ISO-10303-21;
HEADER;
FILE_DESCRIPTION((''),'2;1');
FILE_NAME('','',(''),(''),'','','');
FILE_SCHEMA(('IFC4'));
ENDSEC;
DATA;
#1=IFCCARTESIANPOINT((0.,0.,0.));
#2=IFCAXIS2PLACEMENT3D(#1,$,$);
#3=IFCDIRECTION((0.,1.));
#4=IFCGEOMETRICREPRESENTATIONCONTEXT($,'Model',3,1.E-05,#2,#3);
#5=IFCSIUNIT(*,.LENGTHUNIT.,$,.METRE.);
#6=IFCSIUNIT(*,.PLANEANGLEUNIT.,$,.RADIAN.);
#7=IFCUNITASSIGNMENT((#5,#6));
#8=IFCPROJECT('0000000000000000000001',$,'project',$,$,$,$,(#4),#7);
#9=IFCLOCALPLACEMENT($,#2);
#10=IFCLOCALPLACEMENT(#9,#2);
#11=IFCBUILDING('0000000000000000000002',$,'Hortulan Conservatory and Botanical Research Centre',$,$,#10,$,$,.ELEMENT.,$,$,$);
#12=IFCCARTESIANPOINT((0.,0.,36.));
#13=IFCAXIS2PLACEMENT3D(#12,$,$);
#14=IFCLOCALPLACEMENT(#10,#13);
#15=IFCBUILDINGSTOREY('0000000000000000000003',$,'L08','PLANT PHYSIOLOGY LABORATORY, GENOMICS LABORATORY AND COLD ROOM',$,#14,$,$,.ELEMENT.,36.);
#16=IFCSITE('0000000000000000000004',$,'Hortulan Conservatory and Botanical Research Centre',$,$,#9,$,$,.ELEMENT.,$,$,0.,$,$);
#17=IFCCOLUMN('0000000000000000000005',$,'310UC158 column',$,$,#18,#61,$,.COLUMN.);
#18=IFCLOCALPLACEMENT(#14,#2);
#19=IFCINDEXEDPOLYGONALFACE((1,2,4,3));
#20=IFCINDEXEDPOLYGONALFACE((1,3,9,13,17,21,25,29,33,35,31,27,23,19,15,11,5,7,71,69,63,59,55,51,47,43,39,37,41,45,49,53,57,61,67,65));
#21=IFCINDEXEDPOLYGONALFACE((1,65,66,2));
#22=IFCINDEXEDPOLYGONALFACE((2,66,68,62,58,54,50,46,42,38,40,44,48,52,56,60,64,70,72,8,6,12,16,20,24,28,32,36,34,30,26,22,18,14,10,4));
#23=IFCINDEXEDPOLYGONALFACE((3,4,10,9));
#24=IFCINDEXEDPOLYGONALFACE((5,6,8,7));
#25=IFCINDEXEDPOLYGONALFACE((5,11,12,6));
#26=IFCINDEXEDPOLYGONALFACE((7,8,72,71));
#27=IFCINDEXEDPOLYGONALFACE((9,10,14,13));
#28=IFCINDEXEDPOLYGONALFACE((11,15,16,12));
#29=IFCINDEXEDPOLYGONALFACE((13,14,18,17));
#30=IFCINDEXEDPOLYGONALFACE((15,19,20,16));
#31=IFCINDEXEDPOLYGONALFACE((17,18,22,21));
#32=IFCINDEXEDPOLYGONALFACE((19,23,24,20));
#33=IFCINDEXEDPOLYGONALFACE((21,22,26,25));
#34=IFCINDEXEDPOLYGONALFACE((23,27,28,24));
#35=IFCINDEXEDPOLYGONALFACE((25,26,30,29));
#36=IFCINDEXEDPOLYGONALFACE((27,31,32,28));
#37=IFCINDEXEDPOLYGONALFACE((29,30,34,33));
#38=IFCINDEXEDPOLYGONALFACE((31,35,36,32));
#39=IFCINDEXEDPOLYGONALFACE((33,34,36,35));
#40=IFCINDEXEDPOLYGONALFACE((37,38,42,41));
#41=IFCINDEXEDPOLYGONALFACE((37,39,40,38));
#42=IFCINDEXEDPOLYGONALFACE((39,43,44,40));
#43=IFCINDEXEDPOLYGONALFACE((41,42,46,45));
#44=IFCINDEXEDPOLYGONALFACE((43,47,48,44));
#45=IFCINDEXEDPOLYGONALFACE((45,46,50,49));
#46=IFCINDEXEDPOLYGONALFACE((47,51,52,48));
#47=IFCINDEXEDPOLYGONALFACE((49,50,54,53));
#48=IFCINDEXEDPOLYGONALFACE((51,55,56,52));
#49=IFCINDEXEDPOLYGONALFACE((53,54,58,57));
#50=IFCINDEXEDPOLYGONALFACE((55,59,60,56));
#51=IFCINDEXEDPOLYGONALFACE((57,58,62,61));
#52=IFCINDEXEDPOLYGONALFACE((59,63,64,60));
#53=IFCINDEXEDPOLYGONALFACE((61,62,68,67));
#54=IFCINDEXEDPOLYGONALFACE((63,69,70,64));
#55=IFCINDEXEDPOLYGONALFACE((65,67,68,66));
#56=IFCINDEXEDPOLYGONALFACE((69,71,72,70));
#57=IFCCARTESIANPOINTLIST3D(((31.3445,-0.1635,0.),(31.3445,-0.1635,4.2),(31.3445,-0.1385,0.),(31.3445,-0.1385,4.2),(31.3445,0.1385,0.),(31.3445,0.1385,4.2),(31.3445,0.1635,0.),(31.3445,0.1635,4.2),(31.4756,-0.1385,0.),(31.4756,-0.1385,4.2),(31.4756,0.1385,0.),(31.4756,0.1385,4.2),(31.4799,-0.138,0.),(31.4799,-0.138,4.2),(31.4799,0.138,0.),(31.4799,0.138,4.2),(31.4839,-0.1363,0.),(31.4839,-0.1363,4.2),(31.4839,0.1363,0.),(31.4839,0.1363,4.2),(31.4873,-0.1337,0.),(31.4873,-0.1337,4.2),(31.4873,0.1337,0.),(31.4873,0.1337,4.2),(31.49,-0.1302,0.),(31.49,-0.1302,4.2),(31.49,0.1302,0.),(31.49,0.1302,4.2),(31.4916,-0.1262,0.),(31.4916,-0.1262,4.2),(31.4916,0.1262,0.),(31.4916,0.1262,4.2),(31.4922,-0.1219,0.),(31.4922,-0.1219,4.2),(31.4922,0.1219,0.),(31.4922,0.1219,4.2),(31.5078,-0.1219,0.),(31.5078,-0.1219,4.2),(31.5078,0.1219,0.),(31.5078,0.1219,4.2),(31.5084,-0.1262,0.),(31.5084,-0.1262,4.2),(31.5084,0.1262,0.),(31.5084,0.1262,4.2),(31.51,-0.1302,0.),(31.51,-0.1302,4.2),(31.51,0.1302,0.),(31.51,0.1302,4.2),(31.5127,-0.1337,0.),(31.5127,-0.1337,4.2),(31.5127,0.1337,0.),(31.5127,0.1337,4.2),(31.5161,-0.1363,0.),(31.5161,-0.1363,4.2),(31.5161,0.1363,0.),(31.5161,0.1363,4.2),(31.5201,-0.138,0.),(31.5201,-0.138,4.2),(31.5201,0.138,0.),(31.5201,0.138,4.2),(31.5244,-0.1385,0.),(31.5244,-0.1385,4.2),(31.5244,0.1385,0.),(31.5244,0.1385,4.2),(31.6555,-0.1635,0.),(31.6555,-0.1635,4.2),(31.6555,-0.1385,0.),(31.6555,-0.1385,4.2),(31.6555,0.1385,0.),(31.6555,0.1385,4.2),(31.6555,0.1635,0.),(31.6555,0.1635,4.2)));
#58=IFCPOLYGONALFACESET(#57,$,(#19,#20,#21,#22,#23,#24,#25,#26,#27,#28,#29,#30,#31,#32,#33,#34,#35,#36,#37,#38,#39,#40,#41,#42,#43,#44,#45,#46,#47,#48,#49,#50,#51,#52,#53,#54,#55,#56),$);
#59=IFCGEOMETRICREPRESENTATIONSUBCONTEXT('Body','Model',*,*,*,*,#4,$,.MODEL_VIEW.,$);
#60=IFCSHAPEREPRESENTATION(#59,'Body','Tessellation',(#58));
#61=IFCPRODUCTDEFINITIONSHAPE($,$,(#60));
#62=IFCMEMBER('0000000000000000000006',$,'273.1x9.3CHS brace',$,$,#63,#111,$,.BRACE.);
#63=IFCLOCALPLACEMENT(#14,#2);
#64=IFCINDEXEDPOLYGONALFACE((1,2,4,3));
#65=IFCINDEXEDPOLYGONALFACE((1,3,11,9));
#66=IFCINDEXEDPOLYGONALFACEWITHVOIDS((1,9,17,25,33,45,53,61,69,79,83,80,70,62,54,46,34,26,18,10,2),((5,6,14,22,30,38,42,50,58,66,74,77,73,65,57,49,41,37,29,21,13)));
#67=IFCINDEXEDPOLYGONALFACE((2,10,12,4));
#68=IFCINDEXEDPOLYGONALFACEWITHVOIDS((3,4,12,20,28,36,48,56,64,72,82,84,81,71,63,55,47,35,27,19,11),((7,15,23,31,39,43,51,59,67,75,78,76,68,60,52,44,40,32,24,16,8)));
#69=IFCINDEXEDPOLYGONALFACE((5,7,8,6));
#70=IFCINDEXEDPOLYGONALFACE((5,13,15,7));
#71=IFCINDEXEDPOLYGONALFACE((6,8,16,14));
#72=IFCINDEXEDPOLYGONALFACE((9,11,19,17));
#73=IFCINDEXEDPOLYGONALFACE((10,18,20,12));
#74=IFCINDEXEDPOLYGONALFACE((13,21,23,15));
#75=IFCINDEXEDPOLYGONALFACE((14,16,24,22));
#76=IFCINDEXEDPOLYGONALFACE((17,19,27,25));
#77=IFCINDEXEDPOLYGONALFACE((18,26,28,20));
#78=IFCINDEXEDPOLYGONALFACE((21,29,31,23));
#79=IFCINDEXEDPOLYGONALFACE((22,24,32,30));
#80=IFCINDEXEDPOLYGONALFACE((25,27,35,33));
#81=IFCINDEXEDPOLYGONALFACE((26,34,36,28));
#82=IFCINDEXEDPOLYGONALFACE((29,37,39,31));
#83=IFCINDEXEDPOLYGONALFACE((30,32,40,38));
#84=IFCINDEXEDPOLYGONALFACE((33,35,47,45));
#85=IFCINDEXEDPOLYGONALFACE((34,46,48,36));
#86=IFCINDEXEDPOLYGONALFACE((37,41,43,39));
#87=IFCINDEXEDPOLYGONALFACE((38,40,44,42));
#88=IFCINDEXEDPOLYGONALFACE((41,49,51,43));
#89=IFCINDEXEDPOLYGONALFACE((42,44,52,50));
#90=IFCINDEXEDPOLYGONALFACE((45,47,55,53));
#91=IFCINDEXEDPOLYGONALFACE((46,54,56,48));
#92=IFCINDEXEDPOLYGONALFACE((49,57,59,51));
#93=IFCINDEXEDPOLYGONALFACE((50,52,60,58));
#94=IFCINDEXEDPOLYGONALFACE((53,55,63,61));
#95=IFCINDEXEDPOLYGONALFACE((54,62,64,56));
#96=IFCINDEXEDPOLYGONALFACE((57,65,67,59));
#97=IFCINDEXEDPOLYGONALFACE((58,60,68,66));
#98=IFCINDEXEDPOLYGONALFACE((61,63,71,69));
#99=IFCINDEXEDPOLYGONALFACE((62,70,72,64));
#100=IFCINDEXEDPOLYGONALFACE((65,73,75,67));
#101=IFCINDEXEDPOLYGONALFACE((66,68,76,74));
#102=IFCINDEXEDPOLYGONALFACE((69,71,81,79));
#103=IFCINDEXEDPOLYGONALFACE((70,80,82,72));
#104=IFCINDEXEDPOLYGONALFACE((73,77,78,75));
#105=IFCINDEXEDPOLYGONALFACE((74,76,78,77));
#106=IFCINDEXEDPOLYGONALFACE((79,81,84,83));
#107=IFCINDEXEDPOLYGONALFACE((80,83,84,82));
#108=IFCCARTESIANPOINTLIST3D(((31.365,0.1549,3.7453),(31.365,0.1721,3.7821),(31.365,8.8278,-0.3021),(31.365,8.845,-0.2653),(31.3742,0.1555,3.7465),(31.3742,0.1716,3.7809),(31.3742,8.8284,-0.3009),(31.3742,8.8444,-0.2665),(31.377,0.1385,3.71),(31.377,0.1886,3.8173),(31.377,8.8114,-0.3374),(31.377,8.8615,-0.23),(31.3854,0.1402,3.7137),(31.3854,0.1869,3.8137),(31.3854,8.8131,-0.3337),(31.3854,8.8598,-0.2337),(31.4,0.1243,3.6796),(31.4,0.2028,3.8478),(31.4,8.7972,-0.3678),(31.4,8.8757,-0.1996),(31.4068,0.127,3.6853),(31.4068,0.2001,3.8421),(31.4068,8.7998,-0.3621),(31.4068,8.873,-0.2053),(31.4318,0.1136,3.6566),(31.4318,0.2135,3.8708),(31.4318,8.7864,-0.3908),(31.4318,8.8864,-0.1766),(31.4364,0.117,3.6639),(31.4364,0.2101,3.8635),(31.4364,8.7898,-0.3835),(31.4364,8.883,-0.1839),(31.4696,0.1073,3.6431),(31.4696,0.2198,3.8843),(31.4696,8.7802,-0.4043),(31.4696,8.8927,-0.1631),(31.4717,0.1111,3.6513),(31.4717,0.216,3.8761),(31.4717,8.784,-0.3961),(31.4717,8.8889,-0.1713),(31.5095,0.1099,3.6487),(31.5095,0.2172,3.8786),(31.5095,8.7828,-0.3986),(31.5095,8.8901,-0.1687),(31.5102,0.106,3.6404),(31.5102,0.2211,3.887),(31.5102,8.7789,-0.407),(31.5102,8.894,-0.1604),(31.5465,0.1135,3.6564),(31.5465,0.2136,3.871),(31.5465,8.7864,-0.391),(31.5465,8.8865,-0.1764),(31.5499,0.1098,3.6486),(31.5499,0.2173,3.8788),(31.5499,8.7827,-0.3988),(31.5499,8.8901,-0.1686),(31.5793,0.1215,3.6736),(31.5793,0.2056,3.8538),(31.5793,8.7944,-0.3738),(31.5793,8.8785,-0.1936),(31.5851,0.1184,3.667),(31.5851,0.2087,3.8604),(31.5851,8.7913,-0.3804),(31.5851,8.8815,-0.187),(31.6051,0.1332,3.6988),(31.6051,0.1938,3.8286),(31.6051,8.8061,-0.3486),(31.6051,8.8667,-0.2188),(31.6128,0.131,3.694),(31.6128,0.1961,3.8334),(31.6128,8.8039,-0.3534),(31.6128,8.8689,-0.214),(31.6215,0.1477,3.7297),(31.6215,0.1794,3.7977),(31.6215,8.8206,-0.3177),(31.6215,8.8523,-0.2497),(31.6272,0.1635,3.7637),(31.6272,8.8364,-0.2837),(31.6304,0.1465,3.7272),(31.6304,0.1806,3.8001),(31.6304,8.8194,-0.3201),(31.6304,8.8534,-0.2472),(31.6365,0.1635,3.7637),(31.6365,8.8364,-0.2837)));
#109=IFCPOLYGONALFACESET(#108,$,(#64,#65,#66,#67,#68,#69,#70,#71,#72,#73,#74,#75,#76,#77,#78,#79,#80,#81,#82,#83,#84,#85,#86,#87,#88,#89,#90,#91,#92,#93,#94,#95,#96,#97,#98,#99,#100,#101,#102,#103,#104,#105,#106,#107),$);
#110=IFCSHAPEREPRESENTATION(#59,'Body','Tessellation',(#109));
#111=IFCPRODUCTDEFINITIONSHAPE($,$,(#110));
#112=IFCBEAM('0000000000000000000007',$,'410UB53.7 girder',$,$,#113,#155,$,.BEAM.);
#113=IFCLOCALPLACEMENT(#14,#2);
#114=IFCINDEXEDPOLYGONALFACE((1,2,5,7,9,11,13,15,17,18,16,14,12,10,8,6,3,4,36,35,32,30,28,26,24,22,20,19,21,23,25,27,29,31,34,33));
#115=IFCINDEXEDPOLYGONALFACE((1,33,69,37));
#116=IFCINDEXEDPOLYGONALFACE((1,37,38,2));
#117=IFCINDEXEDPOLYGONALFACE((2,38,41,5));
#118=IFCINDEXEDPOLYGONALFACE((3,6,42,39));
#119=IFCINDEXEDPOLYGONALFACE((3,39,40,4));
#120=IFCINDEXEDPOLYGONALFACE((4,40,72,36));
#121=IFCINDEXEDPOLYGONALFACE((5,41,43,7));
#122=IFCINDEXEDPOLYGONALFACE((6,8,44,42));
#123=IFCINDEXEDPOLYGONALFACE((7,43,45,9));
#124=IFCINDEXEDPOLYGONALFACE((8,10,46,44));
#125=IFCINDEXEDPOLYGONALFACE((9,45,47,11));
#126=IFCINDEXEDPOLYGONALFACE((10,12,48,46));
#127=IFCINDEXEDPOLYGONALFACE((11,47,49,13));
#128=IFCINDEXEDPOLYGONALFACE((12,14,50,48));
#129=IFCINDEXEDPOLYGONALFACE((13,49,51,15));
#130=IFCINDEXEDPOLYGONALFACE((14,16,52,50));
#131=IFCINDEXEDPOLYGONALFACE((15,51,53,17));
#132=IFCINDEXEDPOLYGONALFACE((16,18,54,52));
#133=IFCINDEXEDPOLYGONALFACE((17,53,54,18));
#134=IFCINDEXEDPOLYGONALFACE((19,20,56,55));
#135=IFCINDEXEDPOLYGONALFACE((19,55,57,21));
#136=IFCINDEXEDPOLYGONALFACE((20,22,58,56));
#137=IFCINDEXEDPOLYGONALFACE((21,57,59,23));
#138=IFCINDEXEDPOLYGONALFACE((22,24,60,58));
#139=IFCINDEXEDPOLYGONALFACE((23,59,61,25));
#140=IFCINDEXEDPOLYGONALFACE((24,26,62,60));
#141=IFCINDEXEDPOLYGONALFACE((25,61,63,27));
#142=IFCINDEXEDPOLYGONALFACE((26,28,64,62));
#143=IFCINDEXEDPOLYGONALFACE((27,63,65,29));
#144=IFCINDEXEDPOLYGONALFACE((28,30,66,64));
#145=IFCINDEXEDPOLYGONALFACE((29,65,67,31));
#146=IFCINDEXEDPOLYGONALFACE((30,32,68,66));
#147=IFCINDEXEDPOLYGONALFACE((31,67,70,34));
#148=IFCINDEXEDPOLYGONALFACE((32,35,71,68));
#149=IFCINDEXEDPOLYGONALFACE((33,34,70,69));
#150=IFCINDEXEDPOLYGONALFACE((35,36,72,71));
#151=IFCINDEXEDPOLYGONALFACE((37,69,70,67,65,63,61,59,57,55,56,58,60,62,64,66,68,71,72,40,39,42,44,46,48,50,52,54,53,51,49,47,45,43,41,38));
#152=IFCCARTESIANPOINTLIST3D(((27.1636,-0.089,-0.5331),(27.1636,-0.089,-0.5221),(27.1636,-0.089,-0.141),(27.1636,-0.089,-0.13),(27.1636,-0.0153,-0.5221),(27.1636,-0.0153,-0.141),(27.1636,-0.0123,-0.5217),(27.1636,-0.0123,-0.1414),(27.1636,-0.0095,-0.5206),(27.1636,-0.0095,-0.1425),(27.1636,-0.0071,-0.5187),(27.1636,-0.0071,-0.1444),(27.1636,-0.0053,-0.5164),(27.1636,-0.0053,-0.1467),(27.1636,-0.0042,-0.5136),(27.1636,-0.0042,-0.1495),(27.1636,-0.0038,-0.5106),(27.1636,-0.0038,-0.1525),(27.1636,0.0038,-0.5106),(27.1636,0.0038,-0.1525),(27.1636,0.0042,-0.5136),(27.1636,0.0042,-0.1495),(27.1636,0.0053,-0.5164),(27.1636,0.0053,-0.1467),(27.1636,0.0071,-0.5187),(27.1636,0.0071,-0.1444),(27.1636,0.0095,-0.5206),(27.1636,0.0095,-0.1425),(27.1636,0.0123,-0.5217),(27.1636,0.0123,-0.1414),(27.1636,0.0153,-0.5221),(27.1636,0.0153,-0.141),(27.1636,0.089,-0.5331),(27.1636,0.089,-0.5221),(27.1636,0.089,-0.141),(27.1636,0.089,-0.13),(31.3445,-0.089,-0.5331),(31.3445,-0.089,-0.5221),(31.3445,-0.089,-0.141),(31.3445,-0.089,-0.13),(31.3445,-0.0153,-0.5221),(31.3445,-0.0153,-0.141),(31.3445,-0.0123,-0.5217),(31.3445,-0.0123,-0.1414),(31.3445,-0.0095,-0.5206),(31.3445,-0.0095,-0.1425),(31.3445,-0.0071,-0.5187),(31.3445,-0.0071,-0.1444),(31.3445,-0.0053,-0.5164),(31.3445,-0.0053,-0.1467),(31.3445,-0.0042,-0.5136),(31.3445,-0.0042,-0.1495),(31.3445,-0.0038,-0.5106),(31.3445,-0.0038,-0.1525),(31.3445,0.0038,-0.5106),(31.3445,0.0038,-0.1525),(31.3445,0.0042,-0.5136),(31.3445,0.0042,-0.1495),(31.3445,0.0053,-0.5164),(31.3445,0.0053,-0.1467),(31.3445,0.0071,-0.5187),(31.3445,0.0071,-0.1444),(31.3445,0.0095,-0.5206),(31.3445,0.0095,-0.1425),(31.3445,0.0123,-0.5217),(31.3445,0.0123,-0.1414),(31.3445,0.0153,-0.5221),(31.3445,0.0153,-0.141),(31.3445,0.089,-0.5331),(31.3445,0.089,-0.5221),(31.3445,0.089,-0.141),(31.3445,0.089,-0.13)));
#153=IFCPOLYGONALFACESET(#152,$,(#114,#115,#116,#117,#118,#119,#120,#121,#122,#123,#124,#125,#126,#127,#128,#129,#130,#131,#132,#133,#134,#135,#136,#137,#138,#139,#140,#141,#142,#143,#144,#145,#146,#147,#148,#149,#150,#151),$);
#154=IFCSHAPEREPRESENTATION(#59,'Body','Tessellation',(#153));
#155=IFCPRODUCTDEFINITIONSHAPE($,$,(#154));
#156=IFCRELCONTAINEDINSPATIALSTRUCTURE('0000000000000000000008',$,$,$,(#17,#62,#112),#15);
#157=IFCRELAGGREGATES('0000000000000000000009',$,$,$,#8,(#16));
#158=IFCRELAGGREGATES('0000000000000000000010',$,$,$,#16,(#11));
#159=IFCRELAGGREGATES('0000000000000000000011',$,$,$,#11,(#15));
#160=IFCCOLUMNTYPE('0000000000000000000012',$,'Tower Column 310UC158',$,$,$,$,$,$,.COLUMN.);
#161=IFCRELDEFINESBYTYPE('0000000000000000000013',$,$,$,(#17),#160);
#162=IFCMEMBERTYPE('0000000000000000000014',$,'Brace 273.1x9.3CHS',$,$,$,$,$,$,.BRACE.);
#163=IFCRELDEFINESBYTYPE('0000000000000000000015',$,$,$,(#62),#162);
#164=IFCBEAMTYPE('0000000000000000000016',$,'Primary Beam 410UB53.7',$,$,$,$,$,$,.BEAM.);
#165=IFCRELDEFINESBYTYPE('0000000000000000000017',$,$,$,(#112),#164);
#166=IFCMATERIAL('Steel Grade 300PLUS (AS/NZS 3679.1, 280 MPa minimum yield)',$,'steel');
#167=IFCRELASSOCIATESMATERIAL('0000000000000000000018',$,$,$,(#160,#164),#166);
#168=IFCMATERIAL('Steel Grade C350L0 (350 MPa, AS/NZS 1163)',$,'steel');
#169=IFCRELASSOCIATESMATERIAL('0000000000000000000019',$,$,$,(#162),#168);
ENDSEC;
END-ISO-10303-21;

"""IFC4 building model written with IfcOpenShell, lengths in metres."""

from ifc_helpers import new_model, si_unit, direction, frame, origin, origin_2d, place, context, subcontext, project, spatial, hollow_circle, i_section, extrude, material, material_profile, profile_set, type_object, element, save


model = new_model("IFC4")

# Units and contexts
model_context = context("Model", 3, precision=1e-05, world=origin(), true_north=direction((0.0, 1.0)))
body_context = subcontext(model_context, "Body", "Model", "MODEL_VIEW")
ifc_project = project(units=[si_unit("LENGTHUNIT", "METRE"), si_unit("PLANEANGLEUNIT", "RADIAN")], contexts=[model_context])

# Site, building, storey
site_placement = place(None, origin())
site = spatial("IfcSite", under=ifc_project, at=site_placement, Name="Hortulan Conservatory and Botanical Research Centre", CompositionType="ELEMENT", RefElevation=0.0)
building_placement = place(site_placement, origin())
building = spatial("IfcBuilding", under=site, at=building_placement, Name="Hortulan Conservatory and Botanical Research Centre", CompositionType="ELEMENT")
storey_placement = place(building_placement, frame((0.0, 0.0, 36.0)))
storey = spatial("IfcBuildingStorey", under=building, at=storey_placement, Name="L08", Description="PLANT PHYSIOLOGY LABORATORY, GENOMICS LABORATORY AND COLD ROOM", CompositionType="ELEMENT", Elevation=36.0)

# Column
ifc_material_1 = material(Name="Steel Grade 300PLUS (AS/NZS 3679.1, 280 MPa minimum yield)", Category="steel")
ifc_material_profile_1 = material_profile(ifc_material_1, i_section(OverallWidth=0.311, OverallDepth=0.3269, WebThickness=0.0156, FlangeThickness=0.0249, FilletRadius=0.0166, at=origin_2d()), Name="310UC158")
ifc_profile_set_1 = profile_set([ifc_material_profile_1], Name="Steel Grade 300PLUS (AS/NZS 3679.1, 280 MPa minimum yield)")
column_type = type_object("IfcColumnType", Name="Tower Column 310UC158", PredefinedType="COLUMN", material=ifc_profile_set_1)
column_placement = place(storey_placement, frame((31.5, 0.0, 0.0), z_axis=(0.0, 0.0, 1.0), x_axis=(1.0, 0.0, 0.0)))
element("IfcColumn", 1, at=column_placement, inside=storey, type_object=column_type, Name="310UC158 column", PredefinedType="COLUMN", context=body_context, shape_type="SweptSolid", body=[
    extrude(i_section(OverallWidth=0.311, OverallDepth=0.3269, WebThickness=0.0156, FlangeThickness=0.0249, FilletRadius=0.0166, at=origin_2d()), origin(), (0.0, 0.0, 1.0), 4.2),
])

# Member
ifc_material_2 = material(Name="Steel Grade C350L0 (350 MPa, AS/NZS 1163)", Category="steel")
ifc_material_profile_2 = material_profile(ifc_material_2, hollow_circle(Radius=0.1365, WallThickness=0.0093, at=origin_2d()), Name="273.1x9.3CHS")
ifc_profile_set_2 = profile_set([ifc_material_profile_2], Name="Steel Grade C350L0 (350 MPa, AS/NZS 1163)")
member_type = type_object("IfcMemberType", Name="Brace 273.1x9.3CHS", PredefinedType="BRACE", material=ifc_profile_set_2)
member_placement = place(storey_placement, frame((31.5, 8.8364, -0.2837), z_axis=(0.0, -0.906182, 0.422888), x_axis=(1.0, 0.0, 0.0)))
element("IfcMember", 2, at=member_placement, inside=storey, type_object=member_type, Name="273.1x9.3CHS brace", PredefinedType="BRACE", context=body_context, shape_type="SweptSolid", body=[
    extrude(hollow_circle(Radius=0.1365, WallThickness=0.0093, at=origin_2d()), origin(), (0.0, 0.0, 1.0), 9.5708),
])

# Beam
ifc_material_profile_3 = material_profile(ifc_material_1, i_section(OverallWidth=0.178, OverallDepth=0.4031, WebThickness=0.0076, FlangeThickness=0.011, FilletRadius=0.0115, at=origin_2d()), Name="410UB53.7")
ifc_profile_set_3 = profile_set([ifc_material_profile_3], Name="Steel Grade 300PLUS (AS/NZS 3679.1, 280 MPa minimum yield)")
beam_type_1 = type_object("IfcBeamType", Name="Primary Beam 410UB53.7", PredefinedType="BEAM", material=ifc_profile_set_3)
beam_1_placement = place(storey_placement, frame((27.1636, 0.0, -0.3315), z_axis=(1.0, 0.0, 0.0), x_axis=(0.0, 1.0, 0.0)))
element("IfcBeam", 3, at=beam_1_placement, inside=storey, type_object=beam_type_1, Name="410UB53.7 girder", PredefinedType="BEAM", context=body_context, shape_type="SweptSolid", body=[
    extrude(i_section(OverallWidth=0.178, OverallDepth=0.4031, WebThickness=0.0076, FlangeThickness=0.011, FilletRadius=0.0115, at=origin_2d()), origin(), (0.0, 0.0, 1.0), 4.1809),
])

save(model, "model.ifc")
